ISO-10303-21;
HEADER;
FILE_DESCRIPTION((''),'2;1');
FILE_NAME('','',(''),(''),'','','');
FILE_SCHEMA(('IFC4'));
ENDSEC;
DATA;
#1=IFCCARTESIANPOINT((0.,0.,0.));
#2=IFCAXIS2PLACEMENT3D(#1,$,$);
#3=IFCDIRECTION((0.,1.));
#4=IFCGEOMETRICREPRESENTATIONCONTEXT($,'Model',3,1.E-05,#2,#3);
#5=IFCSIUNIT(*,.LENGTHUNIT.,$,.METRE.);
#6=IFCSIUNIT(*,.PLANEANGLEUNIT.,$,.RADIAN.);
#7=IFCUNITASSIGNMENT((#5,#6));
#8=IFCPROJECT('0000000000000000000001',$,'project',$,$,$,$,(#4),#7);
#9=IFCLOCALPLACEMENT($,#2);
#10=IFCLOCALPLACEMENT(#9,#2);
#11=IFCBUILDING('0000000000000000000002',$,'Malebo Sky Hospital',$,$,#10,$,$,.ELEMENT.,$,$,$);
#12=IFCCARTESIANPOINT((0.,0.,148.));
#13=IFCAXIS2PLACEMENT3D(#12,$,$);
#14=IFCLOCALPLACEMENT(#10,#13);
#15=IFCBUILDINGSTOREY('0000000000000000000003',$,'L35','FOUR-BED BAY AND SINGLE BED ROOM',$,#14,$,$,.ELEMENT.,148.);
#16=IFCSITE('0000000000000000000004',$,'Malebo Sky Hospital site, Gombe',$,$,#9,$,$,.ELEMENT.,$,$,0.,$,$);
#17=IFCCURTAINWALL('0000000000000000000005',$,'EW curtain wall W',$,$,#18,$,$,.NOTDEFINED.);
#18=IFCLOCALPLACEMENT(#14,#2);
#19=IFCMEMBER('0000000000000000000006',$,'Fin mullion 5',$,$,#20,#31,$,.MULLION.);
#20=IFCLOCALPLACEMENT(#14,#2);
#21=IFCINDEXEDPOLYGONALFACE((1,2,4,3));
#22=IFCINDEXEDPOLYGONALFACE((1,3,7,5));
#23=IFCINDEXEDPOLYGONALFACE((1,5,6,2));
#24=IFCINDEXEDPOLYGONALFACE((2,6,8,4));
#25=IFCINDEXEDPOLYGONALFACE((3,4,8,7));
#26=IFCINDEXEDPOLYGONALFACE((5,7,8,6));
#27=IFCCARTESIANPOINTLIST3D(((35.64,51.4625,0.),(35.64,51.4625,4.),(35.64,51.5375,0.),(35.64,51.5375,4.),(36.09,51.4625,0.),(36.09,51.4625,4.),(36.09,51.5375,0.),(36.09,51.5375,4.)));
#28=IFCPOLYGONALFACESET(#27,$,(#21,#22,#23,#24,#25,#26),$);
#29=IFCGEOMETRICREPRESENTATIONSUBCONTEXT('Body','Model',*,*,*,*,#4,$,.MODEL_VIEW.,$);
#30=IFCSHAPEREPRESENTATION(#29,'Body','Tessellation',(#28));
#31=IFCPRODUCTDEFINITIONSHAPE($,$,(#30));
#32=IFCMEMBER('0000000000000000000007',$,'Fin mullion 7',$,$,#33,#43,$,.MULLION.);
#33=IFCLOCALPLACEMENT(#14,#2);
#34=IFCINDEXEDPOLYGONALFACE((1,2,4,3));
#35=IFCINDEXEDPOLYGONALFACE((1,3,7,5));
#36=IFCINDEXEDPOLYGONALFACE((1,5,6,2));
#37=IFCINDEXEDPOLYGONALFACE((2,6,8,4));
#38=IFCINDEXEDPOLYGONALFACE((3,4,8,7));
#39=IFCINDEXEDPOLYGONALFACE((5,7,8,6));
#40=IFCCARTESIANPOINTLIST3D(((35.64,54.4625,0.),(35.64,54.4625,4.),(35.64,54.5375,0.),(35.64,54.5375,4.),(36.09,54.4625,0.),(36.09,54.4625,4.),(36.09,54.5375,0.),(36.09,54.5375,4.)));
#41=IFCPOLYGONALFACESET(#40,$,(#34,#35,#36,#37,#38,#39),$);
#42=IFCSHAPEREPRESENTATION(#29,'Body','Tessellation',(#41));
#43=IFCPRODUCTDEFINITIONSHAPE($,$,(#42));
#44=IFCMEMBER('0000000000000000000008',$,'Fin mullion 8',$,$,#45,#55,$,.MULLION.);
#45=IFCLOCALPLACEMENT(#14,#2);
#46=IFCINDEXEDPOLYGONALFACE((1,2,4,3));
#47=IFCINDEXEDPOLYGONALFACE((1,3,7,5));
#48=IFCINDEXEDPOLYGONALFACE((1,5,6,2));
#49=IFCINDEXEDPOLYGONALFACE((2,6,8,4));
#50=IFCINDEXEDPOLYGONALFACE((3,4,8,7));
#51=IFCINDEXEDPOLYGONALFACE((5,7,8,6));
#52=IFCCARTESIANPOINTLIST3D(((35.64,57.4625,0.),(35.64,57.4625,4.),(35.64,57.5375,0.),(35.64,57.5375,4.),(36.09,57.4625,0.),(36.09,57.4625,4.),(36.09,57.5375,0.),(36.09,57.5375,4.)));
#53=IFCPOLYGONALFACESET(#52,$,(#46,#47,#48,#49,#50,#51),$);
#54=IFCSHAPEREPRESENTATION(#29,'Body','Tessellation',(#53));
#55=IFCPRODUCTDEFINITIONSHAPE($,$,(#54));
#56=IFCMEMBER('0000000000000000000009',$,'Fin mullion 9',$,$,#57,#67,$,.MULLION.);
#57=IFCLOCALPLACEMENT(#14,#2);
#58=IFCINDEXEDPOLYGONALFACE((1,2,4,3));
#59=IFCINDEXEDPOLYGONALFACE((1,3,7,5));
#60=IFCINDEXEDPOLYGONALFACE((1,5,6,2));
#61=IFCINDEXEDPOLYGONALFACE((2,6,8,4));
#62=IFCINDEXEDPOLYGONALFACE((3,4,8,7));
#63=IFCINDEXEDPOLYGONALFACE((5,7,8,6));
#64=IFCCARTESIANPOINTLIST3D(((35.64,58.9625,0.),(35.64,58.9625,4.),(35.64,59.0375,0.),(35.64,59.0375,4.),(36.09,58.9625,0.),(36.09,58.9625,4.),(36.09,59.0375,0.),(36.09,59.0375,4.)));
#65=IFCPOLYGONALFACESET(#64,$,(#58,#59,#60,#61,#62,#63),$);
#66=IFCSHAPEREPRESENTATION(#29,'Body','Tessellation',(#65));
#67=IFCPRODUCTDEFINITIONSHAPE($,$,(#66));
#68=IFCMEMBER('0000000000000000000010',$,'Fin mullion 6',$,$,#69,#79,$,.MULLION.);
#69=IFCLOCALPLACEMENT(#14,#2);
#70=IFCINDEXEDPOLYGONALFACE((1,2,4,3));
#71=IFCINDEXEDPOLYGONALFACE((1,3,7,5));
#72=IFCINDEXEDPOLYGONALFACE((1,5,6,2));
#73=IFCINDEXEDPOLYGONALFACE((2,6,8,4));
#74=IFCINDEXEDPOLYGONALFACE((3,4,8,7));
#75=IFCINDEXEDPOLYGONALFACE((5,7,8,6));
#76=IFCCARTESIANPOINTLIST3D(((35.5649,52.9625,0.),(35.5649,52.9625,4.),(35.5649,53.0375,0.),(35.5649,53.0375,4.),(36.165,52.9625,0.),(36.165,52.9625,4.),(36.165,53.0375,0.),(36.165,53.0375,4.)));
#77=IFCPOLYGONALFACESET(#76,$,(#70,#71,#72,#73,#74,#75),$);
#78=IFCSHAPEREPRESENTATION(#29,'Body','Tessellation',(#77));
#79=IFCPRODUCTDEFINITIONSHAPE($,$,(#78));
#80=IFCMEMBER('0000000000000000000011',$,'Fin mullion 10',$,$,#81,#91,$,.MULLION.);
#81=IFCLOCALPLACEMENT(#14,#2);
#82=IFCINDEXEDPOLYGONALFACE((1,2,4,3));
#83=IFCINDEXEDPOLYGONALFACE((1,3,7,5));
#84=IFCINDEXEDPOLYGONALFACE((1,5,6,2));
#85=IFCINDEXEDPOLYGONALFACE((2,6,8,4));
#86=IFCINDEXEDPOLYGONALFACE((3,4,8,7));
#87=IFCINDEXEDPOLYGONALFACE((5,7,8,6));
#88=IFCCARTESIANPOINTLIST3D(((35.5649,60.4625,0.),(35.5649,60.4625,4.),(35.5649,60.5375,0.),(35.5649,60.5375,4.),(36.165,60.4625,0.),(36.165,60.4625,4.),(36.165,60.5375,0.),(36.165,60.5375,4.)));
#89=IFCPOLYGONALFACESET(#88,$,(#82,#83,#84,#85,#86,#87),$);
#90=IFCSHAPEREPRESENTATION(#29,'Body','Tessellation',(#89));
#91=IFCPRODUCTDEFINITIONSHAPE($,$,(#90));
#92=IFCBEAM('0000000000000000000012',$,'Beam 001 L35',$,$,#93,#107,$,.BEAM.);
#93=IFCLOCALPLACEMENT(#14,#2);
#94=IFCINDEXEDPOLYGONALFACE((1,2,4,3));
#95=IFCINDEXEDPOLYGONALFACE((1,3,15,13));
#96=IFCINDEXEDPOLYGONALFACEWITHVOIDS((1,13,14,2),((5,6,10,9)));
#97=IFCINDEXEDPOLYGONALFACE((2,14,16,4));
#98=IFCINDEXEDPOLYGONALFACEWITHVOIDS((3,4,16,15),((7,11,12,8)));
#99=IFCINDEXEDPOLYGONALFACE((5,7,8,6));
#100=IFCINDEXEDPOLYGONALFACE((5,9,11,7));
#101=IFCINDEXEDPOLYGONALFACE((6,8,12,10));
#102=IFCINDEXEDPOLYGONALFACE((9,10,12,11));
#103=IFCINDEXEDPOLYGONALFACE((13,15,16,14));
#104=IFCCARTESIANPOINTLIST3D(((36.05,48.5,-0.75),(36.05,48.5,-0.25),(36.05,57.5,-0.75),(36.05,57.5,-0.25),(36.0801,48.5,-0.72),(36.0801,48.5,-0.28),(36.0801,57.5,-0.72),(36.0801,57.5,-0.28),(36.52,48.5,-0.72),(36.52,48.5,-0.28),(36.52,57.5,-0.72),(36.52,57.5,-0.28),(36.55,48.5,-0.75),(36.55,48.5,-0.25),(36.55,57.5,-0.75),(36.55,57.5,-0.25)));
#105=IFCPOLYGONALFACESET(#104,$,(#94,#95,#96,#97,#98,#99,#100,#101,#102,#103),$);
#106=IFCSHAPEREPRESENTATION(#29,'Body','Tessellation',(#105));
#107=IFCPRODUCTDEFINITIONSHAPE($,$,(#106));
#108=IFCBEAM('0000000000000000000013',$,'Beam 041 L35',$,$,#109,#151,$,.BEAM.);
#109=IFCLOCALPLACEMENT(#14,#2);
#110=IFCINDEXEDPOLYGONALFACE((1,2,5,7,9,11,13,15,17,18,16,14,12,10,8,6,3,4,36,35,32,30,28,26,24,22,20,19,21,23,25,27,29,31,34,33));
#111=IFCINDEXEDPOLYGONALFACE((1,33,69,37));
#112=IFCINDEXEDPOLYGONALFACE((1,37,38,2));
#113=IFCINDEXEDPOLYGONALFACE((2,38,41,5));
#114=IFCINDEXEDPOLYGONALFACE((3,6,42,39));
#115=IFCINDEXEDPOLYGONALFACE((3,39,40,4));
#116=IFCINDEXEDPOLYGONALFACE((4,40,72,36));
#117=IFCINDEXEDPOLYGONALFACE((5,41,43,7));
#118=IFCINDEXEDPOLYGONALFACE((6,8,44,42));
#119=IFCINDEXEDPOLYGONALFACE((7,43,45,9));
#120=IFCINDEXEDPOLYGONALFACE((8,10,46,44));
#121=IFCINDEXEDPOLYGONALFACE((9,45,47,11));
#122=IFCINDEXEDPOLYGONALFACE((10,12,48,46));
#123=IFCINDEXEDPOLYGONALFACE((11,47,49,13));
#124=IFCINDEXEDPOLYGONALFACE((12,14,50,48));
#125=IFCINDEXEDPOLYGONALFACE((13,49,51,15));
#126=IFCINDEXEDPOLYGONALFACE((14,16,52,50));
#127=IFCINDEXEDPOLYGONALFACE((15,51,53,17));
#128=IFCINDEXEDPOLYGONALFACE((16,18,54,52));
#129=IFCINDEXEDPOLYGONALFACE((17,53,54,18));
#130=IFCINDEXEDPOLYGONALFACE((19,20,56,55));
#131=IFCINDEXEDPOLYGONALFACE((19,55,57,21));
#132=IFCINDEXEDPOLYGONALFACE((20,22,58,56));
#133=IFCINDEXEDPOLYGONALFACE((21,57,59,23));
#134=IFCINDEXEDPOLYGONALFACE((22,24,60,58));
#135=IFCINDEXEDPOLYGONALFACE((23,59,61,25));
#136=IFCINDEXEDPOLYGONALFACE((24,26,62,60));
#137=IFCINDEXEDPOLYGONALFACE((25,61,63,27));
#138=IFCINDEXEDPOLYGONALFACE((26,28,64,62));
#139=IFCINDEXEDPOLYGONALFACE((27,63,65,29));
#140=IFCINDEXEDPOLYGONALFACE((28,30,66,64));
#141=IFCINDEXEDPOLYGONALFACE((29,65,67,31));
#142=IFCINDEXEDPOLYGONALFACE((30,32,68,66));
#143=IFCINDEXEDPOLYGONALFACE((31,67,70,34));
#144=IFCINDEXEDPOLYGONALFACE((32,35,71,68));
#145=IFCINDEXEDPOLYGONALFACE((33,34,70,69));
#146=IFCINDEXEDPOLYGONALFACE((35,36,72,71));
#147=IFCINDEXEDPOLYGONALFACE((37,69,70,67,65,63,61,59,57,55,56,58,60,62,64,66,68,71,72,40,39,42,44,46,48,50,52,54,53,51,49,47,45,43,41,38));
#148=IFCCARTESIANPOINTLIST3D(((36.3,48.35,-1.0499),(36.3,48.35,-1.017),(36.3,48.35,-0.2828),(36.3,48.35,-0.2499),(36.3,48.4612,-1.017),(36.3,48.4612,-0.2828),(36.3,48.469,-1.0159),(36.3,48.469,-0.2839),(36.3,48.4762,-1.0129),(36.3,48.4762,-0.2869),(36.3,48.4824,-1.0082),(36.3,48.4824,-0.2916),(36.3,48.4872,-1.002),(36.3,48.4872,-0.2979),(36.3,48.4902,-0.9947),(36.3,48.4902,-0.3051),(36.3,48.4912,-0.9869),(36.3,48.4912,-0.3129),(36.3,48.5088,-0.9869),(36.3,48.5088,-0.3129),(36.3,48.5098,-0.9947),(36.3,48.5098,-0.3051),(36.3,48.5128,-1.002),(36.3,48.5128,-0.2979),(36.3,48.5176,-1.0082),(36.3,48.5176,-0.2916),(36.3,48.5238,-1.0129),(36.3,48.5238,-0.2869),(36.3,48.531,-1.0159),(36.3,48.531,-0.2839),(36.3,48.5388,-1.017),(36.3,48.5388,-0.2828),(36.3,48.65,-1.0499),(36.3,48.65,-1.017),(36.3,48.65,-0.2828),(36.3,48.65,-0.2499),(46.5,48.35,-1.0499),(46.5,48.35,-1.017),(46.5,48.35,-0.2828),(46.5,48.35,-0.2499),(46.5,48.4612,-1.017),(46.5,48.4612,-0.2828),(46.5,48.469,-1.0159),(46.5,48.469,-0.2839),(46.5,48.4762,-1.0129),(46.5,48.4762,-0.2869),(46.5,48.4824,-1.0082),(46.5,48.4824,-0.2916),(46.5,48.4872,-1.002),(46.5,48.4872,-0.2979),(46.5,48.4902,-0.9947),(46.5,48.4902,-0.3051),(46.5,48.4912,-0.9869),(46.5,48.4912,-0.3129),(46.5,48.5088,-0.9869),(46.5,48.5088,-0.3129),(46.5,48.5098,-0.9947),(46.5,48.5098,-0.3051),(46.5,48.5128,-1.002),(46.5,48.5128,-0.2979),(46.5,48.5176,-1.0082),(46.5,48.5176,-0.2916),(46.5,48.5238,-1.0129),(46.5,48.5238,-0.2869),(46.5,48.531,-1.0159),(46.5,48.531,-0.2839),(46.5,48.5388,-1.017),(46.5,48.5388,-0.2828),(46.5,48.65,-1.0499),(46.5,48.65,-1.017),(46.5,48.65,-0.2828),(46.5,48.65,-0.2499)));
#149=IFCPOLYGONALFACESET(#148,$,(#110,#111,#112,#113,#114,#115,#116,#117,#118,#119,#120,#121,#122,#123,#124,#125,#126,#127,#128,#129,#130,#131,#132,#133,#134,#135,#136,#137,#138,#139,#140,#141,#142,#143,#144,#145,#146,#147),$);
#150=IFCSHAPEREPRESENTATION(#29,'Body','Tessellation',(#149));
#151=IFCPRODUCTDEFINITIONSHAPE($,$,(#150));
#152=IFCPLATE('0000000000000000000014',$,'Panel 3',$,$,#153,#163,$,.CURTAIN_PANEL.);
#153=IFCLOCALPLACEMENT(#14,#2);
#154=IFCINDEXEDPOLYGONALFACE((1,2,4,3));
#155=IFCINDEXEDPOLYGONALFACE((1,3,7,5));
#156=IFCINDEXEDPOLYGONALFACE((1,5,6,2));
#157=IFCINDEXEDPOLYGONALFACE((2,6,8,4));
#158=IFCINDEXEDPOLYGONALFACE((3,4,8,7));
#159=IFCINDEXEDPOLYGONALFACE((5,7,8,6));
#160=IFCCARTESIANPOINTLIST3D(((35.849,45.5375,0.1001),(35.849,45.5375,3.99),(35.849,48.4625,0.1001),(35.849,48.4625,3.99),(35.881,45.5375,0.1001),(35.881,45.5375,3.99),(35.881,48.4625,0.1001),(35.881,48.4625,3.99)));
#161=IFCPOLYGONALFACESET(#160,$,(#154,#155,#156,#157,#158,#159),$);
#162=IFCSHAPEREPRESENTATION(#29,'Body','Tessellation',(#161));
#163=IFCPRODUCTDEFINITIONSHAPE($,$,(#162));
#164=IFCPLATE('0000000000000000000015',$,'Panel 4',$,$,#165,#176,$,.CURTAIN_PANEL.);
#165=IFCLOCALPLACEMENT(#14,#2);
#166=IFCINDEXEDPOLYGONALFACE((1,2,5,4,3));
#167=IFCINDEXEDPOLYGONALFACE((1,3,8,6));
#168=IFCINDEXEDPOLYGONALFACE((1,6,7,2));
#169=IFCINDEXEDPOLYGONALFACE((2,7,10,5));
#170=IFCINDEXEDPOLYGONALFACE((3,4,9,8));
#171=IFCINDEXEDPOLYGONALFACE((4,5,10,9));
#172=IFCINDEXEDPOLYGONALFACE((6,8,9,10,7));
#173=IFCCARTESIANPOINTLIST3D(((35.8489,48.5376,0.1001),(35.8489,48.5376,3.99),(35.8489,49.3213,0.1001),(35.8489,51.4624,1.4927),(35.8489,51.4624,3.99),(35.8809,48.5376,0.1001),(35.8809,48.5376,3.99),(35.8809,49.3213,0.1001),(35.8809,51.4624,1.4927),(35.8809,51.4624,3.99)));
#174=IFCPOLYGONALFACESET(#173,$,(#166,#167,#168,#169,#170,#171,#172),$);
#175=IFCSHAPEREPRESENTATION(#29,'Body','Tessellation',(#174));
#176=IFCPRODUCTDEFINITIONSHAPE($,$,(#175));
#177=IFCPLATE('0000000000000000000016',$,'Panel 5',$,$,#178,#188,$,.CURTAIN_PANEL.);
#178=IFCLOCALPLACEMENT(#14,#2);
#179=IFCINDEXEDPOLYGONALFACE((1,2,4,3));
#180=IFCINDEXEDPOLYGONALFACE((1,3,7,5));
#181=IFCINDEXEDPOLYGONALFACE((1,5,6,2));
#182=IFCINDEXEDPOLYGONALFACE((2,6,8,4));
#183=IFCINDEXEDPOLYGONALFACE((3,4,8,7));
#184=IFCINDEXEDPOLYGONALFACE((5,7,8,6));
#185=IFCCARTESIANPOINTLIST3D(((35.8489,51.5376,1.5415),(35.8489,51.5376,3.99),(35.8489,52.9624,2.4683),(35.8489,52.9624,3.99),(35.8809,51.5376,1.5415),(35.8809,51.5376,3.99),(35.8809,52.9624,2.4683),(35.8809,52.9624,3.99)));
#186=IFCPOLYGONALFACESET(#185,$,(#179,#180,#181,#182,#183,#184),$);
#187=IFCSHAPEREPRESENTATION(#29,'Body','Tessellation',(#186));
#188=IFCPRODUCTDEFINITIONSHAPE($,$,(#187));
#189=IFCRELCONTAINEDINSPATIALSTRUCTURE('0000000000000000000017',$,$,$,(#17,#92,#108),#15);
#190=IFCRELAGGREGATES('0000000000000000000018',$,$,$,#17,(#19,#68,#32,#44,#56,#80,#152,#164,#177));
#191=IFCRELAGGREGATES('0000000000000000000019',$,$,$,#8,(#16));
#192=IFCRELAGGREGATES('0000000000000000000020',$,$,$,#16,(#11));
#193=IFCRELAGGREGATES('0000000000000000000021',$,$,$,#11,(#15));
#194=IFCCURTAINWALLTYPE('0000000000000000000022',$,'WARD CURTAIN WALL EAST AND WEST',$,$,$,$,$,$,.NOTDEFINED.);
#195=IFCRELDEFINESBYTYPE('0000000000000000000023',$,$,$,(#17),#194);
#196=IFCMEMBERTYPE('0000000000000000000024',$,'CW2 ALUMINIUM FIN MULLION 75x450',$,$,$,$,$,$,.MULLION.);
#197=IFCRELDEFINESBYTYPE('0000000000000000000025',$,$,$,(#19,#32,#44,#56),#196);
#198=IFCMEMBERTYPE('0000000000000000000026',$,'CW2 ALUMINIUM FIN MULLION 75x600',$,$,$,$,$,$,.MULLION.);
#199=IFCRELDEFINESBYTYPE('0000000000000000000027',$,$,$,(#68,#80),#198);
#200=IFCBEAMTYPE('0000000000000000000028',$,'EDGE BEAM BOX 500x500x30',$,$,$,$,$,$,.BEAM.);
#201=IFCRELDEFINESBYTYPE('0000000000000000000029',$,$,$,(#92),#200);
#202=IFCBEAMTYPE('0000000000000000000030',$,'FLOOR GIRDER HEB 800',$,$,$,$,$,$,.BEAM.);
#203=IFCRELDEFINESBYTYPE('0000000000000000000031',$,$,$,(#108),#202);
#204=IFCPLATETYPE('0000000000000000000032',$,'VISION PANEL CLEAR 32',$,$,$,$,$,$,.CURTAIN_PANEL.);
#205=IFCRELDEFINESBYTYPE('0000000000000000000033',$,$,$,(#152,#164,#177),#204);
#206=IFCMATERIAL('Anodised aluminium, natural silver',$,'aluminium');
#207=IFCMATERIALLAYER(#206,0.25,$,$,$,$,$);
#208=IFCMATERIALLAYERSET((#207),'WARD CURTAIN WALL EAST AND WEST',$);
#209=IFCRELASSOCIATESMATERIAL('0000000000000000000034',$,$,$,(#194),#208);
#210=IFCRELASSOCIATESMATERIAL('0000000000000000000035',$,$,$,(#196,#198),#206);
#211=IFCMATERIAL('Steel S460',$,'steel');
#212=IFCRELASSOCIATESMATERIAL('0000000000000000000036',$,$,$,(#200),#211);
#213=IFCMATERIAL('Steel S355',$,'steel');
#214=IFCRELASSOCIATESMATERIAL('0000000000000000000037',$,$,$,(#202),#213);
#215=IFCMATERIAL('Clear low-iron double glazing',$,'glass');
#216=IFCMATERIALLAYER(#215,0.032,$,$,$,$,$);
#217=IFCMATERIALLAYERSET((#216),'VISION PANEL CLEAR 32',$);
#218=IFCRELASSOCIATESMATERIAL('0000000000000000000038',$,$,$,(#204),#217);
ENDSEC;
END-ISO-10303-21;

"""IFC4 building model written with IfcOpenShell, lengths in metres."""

from ifc_helpers import new_model, si_unit, direction, frame, origin, origin_2d, place, context, subcontext, project, spatial, polyline, rectangle, hollow_rectangle, i_section, outline, extrude, material, layer, layer_set, material_profile, profile_set, type_object, element, aggregate, save


model = new_model("IFC4")

# Units and contexts
model_context = context("Model", 3, precision=1e-05, world=origin(), true_north=direction((0.0, 1.0)))
body_context = subcontext(model_context, "Body", "Model", "MODEL_VIEW")
ifc_project = project(units=[si_unit("LENGTHUNIT", "METRE"), si_unit("PLANEANGLEUNIT", "RADIAN")], contexts=[model_context])

# Site, building, storey
site_placement = place(None, origin())
site = spatial("IfcSite", under=ifc_project, at=site_placement, Name="Malebo Sky Hospital site, Gombe", CompositionType="ELEMENT", RefElevation=0.0)
building_placement = place(site_placement, origin())
building = spatial("IfcBuilding", under=site, at=building_placement, Name="Malebo Sky Hospital", CompositionType="ELEMENT")
storey_placement = place(building_placement, frame((0.0, 0.0, 148.0)))
storey = spatial("IfcBuildingStorey", under=building, at=storey_placement, Name="L35", Description="FOUR-BED BAY AND SINGLE BED ROOM", CompositionType="ELEMENT", Elevation=148.0)

# Shared definitions
ifc_material_1 = material(Name="Steel S460", Category="steel")

# Curtain wall
ifc_material_2 = material(Name="Anodised aluminium, natural silver", Category="aluminium")
ifc_layer_1 = layer(ifc_material_2, 0.25)
ifc_layer_set_1 = layer_set([ifc_layer_1], Name="WARD CURTAIN WALL EAST AND WEST")
curtain_wall_type = type_object("IfcCurtainWallType", Name="WARD CURTAIN WALL EAST AND WEST", PredefinedType="NOTDEFINED", material=ifc_layer_set_1)
curtain_wall_placement = place(storey_placement, origin())
curtain_wall = element("IfcCurtainWall", 1, at=curtain_wall_placement, inside=storey, type_object=curtain_wall_type, Name="EW curtain wall W", PredefinedType="NOTDEFINED")

# Members
ifc_material_3 = material(Name="Steel S355", Category="steel")
ifc_material_profile_1 = material_profile(ifc_material_2, rectangle(XDim=0.075, YDim=0.45, at=origin_2d()), Name="CW2 ALUMINIUM FIN MULLION 75x450")
ifc_profile_set_1 = profile_set([ifc_material_profile_1], Name="Anodised aluminium, natural silver")
member_type_1 = type_object("IfcMemberType", Name="CW2 ALUMINIUM FIN MULLION 75x450", PredefinedType="MULLION", material=ifc_profile_set_1)
member_1_placement = place(storey_placement, frame((35.865, 51.5, 0.0), z_axis=(0.0, 0.0, 1.0), x_axis=(0.0, 1.0, 0.0)))
member_1 = element("IfcMember", 2, at=member_1_placement, type_object=member_type_1, Name="Fin mullion 5", PredefinedType="MULLION", context=body_context, shape_type="SweptSolid", body=[
    extrude(rectangle(XDim=0.075, YDim=0.45, at=origin_2d()), origin(), (0.0, 0.0, 1.0), 4.0),
])
member_2_placement = place(storey_placement, frame((35.865, 54.5, 0.0), z_axis=(0.0, 0.0, 1.0), x_axis=(0.0, 1.0, 0.0)))
member_2 = element("IfcMember", 3, at=member_2_placement, type_object=member_type_1, Name="Fin mullion 7", PredefinedType="MULLION", context=body_context, shape_type="SweptSolid", body=[
    extrude(rectangle(XDim=0.075, YDim=0.45, at=origin_2d()), origin(), (0.0, 0.0, 1.0), 4.0),
])
member_3_placement = place(storey_placement, frame((35.865, 57.5, 0.0), z_axis=(0.0, 0.0, 1.0), x_axis=(0.0, 1.0, 0.0)))
member_3 = element("IfcMember", 4, at=member_3_placement, type_object=member_type_1, Name="Fin mullion 8", PredefinedType="MULLION", context=body_context, shape_type="SweptSolid", body=[
    extrude(rectangle(XDim=0.075, YDim=0.45, at=origin_2d()), origin(), (0.0, 0.0, 1.0), 4.0),
])
member_4_placement = place(storey_placement, frame((35.865, 59.0, 0.0), z_axis=(0.0, 0.0, 1.0), x_axis=(0.0, 1.0, 0.0)))
member_4 = element("IfcMember", 5, at=member_4_placement, type_object=member_type_1, Name="Fin mullion 9", PredefinedType="MULLION", context=body_context, shape_type="SweptSolid", body=[
    extrude(rectangle(XDim=0.075, YDim=0.45, at=origin_2d()), origin(), (0.0, 0.0, 1.0), 4.0),
])
ifc_material_profile_2 = material_profile(ifc_material_2, rectangle(XDim=0.075, YDim=0.6001, at=origin_2d()), Name="CW2 ALUMINIUM FIN MULLION 75x600")
ifc_profile_set_2 = profile_set([ifc_material_profile_2], Name="Anodised aluminium, natural silver")
member_type_2 = type_object("IfcMemberType", Name="CW2 ALUMINIUM FIN MULLION 75x600", PredefinedType="MULLION", material=ifc_profile_set_2)
member_5_placement = place(storey_placement, frame((35.865, 53.0, 0.0), z_axis=(0.0, 0.0, 1.0), x_axis=(0.0, 1.0, 0.0)))
member_5 = element("IfcMember", 6, at=member_5_placement, type_object=member_type_2, Name="Fin mullion 6", PredefinedType="MULLION", context=body_context, shape_type="SweptSolid", body=[
    extrude(rectangle(XDim=0.075, YDim=0.6001, at=origin_2d()), origin(), (0.0, 0.0, 1.0), 4.0),
])
member_6_placement = place(storey_placement, frame((35.865, 60.5, 0.0), z_axis=(0.0, 0.0, 1.0), x_axis=(0.0, 1.0, 0.0)))
member_6 = element("IfcMember", 7, at=member_6_placement, type_object=member_type_2, Name="Fin mullion 10", PredefinedType="MULLION", context=body_context, shape_type="SweptSolid", body=[
    extrude(rectangle(XDim=0.075, YDim=0.6001, at=origin_2d()), origin(), (0.0, 0.0, 1.0), 4.0),
])

# Beams
ifc_material_profile_3 = material_profile(ifc_material_1, hollow_rectangle(XDim=0.5, YDim=0.5, WallThickness=0.03, at=origin_2d()), Name="BOX 500x500x30")
ifc_profile_set_3 = profile_set([ifc_material_profile_3], Name="Steel S460")
beam_type_1 = type_object("IfcBeamType", Name="EDGE BEAM BOX 500x500x30", PredefinedType="BEAM", material=ifc_profile_set_3)
beam_1_placement = place(storey_placement, frame((36.3, 48.5, -0.5), z_axis=(0.0, 1.0, 0.0), x_axis=(-1.0, 0.0, 0.0)))
element("IfcBeam", 8, at=beam_1_placement, inside=storey, type_object=beam_type_1, Name="Beam 001 L35", PredefinedType="BEAM", context=body_context, shape_type="SweptSolid", body=[
    extrude(hollow_rectangle(XDim=0.5, YDim=0.5, WallThickness=0.03, at=origin_2d()), origin(), (0.0, 0.0, 1.0), 9.0),
])
ifc_material_profile_4 = material_profile(ifc_material_3, i_section(OverallWidth=0.3, OverallDepth=0.8, WebThickness=0.0176, FlangeThickness=0.033, FilletRadius=0.03, at=origin_2d()), Name="HEB 800")
ifc_profile_set_4 = profile_set([ifc_material_profile_4], Name="Steel S355")
beam_type_2 = type_object("IfcBeamType", Name="FLOOR GIRDER HEB 800", PredefinedType="BEAM", material=ifc_profile_set_4)
beam_2_placement = place(storey_placement, frame((36.3, 48.5, -0.6499), z_axis=(1.0, 0.0, 0.0), x_axis=(0.0, 1.0, 0.0)))
element("IfcBeam", 9, at=beam_2_placement, inside=storey, type_object=beam_type_2, Name="Beam 041 L35", PredefinedType="BEAM", context=body_context, shape_type="SweptSolid", body=[
    extrude(i_section(OverallWidth=0.3, OverallDepth=0.8, WebThickness=0.0176, FlangeThickness=0.033, FilletRadius=0.03, at=origin_2d()), origin(), (0.0, 0.0, 1.0), 10.2),
])

# Plates
ifc_material_4 = material(Name="Clear low-iron double glazing", Category="glass")
ifc_layer_2 = layer(ifc_material_4, 0.032)
ifc_layer_set_2 = layer_set([ifc_layer_2], Name="VISION PANEL CLEAR 32")
plate_type = type_object("IfcPlateType", Name="VISION PANEL CLEAR 32", PredefinedType="CURTAIN_PANEL", material=ifc_layer_set_2)
plate_1_placement = place(storey_placement, frame((35.865, 47.0, 0.1001), z_axis=(0.0, 0.0, 1.0), x_axis=(0.0, 1.0, 0.0)))
plate_1 = element("IfcPlate", 10, at=plate_1_placement, type_object=plate_type, Name="Panel 3", PredefinedType="CURTAIN_PANEL", context=body_context, shape_type="SweptSolid", body=[
    extrude(rectangle(XDim=2.925, YDim=0.032, at=origin_2d()), origin(), (0.0, 0.0, 1.0), 3.8899),
])
plate_2_placement = place(storey_placement, frame((35.865, 50.0, 0.1001), z_axis=(0.0, 0.0, 1.0), x_axis=(0.0, 1.0, 0.0)))
plate_2 = element("IfcPlate", 11, at=plate_2_placement, type_object=plate_type, Name="Panel 4", PredefinedType="CURTAIN_PANEL", context=body_context, shape_type="SweptSolid", body=[
    extrude(outline(polyline([(-1.4624, 0.0), (-0.6787, 0.0), (1.4624, 1.3926), (1.4624, 3.8899), (-1.4624, 3.8899), (-1.4624, 0.0)])), frame((0.0, 0.0161, 0.0), z_axis=(0.0, -1.0, 0.0), x_axis=(1.0, 0.0, 0.0)), (0.0, 0.0, 1.0), 0.032),
])
plate_3_placement = place(storey_placement, frame((35.865, 52.25, 1.5415), z_axis=(0.0, 0.0, 1.0), x_axis=(0.0, 1.0, 0.0)))
plate_3 = element("IfcPlate", 12, at=plate_3_placement, type_object=plate_type, Name="Panel 5", PredefinedType="CURTAIN_PANEL", context=body_context, shape_type="SweptSolid", body=[
    extrude(outline(polyline([(-0.7124, 0.0), (0.7124, 0.9268), (0.7124, 2.4485), (-0.7124, 2.4485), (-0.7124, 0.0)])), frame((0.0, 0.0161, 0.0), z_axis=(0.0, -1.0, 0.0), x_axis=(1.0, 0.0, 0.0)), (0.0, 0.0, 1.0), 0.032),
])
aggregate(curtain_wall, [member_1, member_5, member_2, member_3, member_4, member_6, plate_1, plate_2, plate_3])

save(model, "model.ifc")
